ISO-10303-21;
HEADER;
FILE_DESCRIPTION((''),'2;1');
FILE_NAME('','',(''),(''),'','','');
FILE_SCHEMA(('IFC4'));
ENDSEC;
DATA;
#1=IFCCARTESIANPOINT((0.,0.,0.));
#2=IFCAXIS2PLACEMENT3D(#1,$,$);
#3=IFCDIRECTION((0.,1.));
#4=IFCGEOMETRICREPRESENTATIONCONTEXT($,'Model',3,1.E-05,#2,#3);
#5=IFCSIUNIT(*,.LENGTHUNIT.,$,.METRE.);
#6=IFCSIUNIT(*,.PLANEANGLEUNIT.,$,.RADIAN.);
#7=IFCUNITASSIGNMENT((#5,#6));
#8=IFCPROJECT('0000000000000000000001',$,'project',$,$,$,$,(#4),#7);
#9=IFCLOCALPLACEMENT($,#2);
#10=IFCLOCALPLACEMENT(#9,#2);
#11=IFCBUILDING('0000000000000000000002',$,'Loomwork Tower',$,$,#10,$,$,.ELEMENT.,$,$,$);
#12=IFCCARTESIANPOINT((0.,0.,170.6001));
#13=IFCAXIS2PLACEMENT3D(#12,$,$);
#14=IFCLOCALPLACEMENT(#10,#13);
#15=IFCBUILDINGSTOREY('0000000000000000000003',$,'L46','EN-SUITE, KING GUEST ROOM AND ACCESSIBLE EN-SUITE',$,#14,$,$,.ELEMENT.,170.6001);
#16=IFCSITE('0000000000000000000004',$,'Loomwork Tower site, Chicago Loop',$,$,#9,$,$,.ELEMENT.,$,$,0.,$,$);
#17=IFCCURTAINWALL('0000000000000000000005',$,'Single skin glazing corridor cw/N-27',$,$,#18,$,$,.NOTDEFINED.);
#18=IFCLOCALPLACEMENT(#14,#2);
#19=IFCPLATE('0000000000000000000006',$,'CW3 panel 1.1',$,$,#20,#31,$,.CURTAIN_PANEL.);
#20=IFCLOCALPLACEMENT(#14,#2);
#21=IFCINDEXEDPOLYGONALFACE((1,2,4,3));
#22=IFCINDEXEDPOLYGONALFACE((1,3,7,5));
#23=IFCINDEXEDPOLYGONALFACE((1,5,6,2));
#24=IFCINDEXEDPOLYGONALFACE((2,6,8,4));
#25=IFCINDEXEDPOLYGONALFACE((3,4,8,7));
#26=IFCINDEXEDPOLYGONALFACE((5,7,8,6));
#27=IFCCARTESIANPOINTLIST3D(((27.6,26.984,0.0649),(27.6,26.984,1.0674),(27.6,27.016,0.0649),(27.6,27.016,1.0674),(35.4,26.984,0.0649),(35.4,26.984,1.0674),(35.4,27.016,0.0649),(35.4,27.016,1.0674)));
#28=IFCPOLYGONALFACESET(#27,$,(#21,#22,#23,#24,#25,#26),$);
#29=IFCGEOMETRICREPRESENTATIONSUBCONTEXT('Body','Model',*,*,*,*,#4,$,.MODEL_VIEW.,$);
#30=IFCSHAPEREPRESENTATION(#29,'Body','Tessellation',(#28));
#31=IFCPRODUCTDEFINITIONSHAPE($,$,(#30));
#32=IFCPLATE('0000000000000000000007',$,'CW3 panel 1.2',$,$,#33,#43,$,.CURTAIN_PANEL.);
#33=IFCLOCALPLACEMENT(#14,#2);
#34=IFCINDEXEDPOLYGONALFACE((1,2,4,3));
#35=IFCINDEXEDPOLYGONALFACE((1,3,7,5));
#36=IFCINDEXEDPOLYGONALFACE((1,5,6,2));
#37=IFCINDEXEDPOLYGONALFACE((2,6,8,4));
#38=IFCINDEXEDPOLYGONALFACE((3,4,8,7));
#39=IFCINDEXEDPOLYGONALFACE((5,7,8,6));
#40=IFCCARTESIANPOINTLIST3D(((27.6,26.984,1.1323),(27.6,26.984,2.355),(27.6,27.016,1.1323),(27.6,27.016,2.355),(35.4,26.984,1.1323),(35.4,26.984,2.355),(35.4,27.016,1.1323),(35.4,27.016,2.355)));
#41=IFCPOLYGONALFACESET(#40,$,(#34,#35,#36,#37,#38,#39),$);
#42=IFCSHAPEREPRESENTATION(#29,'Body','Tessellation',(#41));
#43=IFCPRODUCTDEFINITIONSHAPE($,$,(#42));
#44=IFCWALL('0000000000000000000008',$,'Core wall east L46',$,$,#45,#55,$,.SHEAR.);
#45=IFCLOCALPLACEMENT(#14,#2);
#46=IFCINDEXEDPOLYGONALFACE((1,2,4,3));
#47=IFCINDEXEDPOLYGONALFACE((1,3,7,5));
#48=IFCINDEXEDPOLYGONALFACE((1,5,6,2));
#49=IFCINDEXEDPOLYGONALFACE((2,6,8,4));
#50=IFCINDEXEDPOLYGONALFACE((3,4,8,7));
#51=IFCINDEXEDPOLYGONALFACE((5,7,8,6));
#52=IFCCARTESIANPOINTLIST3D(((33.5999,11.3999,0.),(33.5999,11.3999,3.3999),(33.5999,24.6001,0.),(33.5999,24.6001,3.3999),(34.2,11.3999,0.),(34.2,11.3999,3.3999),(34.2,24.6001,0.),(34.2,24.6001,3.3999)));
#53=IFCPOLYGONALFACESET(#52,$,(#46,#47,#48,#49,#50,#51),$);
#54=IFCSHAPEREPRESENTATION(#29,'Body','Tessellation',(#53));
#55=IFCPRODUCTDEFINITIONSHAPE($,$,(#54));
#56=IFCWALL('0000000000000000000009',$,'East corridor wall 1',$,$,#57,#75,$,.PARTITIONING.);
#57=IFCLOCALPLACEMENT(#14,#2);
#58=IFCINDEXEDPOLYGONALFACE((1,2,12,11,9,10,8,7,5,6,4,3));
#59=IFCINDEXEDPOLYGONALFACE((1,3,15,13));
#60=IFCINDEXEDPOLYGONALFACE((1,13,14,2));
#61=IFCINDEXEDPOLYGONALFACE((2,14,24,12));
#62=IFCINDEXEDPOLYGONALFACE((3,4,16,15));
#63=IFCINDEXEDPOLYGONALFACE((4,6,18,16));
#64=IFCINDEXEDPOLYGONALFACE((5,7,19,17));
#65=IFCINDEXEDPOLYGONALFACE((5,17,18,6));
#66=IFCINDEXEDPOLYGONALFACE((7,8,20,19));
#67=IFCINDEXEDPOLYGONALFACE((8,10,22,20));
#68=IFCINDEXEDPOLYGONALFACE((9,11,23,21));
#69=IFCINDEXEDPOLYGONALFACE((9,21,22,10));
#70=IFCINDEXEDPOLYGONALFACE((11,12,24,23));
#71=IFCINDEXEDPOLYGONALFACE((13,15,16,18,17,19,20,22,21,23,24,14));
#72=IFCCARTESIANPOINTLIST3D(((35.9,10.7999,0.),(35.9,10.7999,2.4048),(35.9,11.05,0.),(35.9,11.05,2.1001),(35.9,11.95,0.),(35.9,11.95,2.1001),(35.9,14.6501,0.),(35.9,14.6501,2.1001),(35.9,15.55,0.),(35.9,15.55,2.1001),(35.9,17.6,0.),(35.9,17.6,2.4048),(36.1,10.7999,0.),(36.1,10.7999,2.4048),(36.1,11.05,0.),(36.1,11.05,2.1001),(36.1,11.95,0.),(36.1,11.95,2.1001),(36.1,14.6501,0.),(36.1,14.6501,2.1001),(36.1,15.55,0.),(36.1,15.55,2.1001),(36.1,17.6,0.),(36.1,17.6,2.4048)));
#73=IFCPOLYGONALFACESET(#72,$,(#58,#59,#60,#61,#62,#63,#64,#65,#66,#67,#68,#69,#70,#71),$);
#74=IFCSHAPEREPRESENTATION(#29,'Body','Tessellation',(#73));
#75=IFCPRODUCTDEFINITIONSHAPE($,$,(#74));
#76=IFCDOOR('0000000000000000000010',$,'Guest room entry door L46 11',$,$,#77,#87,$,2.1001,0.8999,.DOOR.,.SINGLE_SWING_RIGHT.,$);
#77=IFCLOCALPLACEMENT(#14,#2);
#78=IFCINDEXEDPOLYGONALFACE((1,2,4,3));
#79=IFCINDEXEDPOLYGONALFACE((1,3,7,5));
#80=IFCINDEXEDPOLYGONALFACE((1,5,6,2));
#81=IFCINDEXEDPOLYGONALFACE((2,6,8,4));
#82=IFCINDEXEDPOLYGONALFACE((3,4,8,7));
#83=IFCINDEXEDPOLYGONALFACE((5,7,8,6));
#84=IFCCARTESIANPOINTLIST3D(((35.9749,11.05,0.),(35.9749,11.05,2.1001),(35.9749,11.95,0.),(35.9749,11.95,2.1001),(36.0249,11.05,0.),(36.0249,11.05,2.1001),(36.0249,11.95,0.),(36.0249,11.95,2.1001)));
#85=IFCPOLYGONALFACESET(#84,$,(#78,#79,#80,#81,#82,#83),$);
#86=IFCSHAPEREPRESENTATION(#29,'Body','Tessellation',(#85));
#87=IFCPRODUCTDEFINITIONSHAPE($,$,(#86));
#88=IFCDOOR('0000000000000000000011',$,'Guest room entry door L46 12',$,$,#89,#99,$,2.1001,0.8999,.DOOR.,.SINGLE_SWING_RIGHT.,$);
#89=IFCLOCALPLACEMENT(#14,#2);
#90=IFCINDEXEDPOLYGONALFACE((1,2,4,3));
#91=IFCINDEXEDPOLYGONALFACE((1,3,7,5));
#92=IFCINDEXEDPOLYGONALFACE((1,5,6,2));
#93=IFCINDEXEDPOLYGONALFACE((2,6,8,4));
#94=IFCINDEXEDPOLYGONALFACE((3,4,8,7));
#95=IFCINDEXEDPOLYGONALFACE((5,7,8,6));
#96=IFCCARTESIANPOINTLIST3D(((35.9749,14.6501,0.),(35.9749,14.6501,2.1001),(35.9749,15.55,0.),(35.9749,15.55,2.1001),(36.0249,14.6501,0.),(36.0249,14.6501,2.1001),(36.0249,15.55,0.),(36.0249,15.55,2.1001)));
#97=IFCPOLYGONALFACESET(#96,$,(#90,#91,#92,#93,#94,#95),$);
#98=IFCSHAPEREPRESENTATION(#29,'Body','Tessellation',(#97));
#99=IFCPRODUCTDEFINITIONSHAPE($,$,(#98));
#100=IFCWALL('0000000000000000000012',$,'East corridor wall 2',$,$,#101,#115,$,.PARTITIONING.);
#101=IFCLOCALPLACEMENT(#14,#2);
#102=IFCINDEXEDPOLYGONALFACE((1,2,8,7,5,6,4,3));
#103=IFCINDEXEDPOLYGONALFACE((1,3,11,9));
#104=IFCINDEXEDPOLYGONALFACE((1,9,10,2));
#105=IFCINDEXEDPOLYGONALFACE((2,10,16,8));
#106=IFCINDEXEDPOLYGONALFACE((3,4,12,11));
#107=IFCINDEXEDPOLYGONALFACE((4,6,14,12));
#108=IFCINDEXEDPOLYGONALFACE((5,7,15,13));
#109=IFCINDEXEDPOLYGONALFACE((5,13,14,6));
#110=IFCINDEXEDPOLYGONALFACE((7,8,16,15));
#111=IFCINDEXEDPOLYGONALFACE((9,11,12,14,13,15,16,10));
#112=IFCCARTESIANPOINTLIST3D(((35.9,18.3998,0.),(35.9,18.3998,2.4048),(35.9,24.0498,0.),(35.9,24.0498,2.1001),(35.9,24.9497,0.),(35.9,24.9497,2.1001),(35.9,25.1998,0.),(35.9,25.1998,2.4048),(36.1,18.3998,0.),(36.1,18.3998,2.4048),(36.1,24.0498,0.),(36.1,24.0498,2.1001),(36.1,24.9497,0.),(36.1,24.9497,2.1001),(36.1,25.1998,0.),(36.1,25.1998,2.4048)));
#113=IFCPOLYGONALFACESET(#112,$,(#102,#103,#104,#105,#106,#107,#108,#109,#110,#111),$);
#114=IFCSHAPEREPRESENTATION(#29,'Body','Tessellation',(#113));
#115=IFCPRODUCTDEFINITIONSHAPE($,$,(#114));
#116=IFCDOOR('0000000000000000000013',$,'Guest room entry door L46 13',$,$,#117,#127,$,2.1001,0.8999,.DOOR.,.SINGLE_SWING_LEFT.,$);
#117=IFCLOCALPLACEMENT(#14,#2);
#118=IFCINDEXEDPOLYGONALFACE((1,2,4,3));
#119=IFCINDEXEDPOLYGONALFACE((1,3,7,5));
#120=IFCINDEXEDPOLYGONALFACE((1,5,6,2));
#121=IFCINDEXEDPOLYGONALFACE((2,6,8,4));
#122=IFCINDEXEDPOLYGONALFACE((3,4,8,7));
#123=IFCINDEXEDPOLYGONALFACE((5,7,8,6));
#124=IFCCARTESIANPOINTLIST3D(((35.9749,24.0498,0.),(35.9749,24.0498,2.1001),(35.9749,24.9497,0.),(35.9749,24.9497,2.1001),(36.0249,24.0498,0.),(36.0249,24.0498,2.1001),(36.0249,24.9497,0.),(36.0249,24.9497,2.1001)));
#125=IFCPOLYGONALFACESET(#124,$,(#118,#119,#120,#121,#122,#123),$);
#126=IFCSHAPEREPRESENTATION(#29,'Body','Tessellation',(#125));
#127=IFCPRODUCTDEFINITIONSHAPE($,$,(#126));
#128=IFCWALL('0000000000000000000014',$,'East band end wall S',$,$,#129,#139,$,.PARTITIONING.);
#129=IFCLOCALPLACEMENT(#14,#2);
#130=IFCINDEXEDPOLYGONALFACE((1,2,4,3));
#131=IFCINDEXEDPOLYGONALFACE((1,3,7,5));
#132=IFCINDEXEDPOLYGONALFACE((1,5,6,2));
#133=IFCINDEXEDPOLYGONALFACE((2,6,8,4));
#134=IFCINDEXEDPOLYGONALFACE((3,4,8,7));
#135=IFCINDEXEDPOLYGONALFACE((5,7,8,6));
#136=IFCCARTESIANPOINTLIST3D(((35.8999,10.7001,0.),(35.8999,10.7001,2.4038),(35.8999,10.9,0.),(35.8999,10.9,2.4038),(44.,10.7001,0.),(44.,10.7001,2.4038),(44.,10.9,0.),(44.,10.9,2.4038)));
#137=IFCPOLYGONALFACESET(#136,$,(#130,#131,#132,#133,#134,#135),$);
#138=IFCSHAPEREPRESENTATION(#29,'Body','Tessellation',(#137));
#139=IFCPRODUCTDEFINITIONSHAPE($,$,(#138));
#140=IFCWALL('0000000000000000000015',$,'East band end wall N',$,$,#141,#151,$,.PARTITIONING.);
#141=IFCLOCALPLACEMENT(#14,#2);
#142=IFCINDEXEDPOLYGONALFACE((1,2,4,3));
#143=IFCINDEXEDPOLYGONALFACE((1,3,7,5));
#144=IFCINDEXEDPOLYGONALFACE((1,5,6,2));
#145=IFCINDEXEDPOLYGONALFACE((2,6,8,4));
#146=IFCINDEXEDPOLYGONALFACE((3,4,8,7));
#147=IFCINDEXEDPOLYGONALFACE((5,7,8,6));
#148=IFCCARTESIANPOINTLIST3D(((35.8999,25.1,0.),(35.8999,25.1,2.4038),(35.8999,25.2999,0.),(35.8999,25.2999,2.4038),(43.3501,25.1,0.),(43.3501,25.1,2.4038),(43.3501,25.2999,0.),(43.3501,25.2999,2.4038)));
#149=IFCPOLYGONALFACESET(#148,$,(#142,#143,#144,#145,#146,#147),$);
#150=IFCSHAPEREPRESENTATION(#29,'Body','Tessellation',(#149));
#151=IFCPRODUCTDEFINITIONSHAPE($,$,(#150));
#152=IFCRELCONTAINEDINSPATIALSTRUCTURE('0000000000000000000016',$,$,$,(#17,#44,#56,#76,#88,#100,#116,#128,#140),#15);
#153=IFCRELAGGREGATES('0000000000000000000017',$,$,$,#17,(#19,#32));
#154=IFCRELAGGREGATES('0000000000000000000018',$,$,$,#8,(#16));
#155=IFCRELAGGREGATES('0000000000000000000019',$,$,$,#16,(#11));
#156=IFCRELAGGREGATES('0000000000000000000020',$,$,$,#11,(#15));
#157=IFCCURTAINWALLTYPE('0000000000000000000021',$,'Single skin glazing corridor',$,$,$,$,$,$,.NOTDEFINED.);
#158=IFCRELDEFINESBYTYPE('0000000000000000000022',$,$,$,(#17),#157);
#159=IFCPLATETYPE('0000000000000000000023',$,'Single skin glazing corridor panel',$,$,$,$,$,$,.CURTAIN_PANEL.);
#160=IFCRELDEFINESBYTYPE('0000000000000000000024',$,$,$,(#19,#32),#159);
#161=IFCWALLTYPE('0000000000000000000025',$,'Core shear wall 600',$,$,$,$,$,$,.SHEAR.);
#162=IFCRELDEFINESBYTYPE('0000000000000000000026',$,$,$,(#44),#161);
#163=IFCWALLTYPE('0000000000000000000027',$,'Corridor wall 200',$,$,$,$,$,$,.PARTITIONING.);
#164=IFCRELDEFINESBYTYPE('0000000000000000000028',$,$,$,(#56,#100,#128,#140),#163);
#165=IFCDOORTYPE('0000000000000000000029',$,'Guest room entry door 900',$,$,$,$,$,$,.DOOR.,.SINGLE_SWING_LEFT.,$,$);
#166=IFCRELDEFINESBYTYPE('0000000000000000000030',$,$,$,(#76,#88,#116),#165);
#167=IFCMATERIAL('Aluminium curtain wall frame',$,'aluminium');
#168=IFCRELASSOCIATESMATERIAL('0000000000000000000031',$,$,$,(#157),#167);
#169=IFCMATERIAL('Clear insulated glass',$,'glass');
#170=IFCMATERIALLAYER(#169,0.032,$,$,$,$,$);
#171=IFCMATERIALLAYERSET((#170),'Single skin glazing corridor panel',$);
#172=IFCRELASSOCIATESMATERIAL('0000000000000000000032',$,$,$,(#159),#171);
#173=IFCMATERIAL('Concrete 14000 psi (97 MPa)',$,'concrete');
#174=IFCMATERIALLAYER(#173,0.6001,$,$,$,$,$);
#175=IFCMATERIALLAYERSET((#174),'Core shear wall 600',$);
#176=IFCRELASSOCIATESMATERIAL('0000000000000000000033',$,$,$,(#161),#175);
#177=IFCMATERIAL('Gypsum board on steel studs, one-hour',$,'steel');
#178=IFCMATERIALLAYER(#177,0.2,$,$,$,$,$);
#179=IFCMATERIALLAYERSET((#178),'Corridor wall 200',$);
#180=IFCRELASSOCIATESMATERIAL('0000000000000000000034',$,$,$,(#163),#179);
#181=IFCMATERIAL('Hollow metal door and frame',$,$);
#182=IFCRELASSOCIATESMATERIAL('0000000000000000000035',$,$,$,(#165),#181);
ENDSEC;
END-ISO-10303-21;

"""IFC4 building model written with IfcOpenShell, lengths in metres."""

from ifc_helpers import new_model, si_unit, direction, frame, frame_2d, origin, origin_2d, place, context, subcontext, project, spatial, rectangle, extrude, material, layer, layer_set, type_object, element, fill, aggregate, save


model = new_model("IFC4")

# Units and contexts
model_context = context("Model", 3, precision=1e-05, world=origin(), true_north=direction((0.0, 1.0)))
body_context = subcontext(model_context, "Body", "Model", "MODEL_VIEW")
ifc_project = project(units=[si_unit("LENGTHUNIT", "METRE"), si_unit("PLANEANGLEUNIT", "RADIAN")], contexts=[model_context])

# Site, building, storey
site_placement = place(None, origin())
site = spatial("IfcSite", under=ifc_project, at=site_placement, Name="Loomwork Tower site, Chicago Loop", CompositionType="ELEMENT", RefElevation=0.0)
building_placement = place(site_placement, origin())
building = spatial("IfcBuilding", under=site, at=building_placement, Name="Loomwork Tower", CompositionType="ELEMENT")
storey_placement = place(building_placement, frame((0.0, 0.0, 170.6001)))
storey = spatial("IfcBuildingStorey", under=building, at=storey_placement, Name="L46", Description="EN-SUITE, KING GUEST ROOM AND ACCESSIBLE EN-SUITE", CompositionType="ELEMENT", Elevation=170.6001)

# Curtain wall, plates
ifc_material_1 = material(Name="Aluminium curtain wall frame", Category="aluminium")
curtain_wall_type = type_object("IfcCurtainWallType", Name="Single skin glazing corridor", PredefinedType="NOTDEFINED", material=ifc_material_1)
curtain_wall_placement = place(storey_placement, origin())
curtain_wall = element("IfcCurtainWall", 1, at=curtain_wall_placement, inside=storey, type_object=curtain_wall_type, Name="Single skin glazing corridor cw/N-27", PredefinedType="NOTDEFINED")
ifc_material_2 = material(Name="Clear insulated glass", Category="glass")
ifc_layer_1 = layer(ifc_material_2, 0.032)
ifc_layer_set_1 = layer_set([ifc_layer_1], Name="Single skin glazing corridor panel")
plate_type = type_object("IfcPlateType", Name="Single skin glazing corridor panel", PredefinedType="CURTAIN_PANEL", material=ifc_layer_set_1)
plate_1_placement = place(storey_placement, frame((31.5, 27.0, 0.0649), z_axis=(0.0, 0.0, 1.0), x_axis=(-1.0, 0.0, 0.0)))
plate_1 = element("IfcPlate", 2, at=plate_1_placement, type_object=plate_type, Name="CW3 panel 1.1", PredefinedType="CURTAIN_PANEL", context=body_context, shape_type="SweptSolid", body=[
    extrude(rectangle(XDim=7.8, YDim=0.032, at=origin_2d()), origin(), (0.0, 0.0, 1.0), 1.0024),
])
plate_2_placement = place(storey_placement, frame((31.5, 27.0, 1.1323), z_axis=(0.0, 0.0, 1.0), x_axis=(-1.0, 0.0, 0.0)))
plate_2 = element("IfcPlate", 3, at=plate_2_placement, type_object=plate_type, Name="CW3 panel 1.2", PredefinedType="CURTAIN_PANEL", context=body_context, shape_type="SweptSolid", body=[
    extrude(rectangle(XDim=7.8, YDim=0.032, at=origin_2d()), origin(), (0.0, 0.0, 1.0), 1.2227),
])
aggregate(curtain_wall, [plate_1, plate_2])

# Wall
ifc_material_3 = material(Name="Concrete 14000 psi (97 MPa)", Category="concrete")
ifc_layer_2 = layer(ifc_material_3, 0.6001)
ifc_layer_set_2 = layer_set([ifc_layer_2], Name="Core shear wall 600")
wall_type_1 = type_object("IfcWallType", Name="Core shear wall 600", PredefinedType="SHEAR", material=ifc_layer_set_2)
wall_1_placement = place(storey_placement, frame((33.8999, 11.3999, 0.0), z_axis=(0.0, 0.0, 1.0), x_axis=(0.0, 1.0, 0.0)))
element("IfcWall", 4, at=wall_1_placement, inside=storey, type_object=wall_type_1, Name="Core wall east L46", PredefinedType="SHEAR", context=body_context, shape_type="SweptSolid", body=[
    extrude(rectangle(XDim=13.2002, YDim=0.6001, at=frame_2d((6.6001, 0.0))), origin(), (0.0, 0.0, 1.0), 3.3999),
])

# Wall, openings, doors
ifc_material_4 = material(Name="Gypsum board on steel studs, one-hour", Category="steel")
ifc_layer_3 = layer(ifc_material_4, 0.2)
ifc_layer_set_3 = layer_set([ifc_layer_3], Name="Corridor wall 200")
wall_type_2 = type_object("IfcWallType", Name="Corridor wall 200", PredefinedType="PARTITIONING", material=ifc_layer_set_3)
wall_2_placement = place(storey_placement, frame((36.0, 10.8, 0.0), z_axis=(0.0, 0.0, 1.0), x_axis=(0.0, 1.0, 0.0)))
wall_2 = element("IfcWall", 5, at=wall_2_placement, inside=storey, type_object=wall_type_2, Name="East corridor wall 1", PredefinedType="PARTITIONING", context=body_context, shape_type="SweptSolid", body=[
    extrude(rectangle(XDim=6.8, YDim=0.2, at=frame_2d((3.3999, 0.0))), origin(), (0.0, 0.0, 1.0), 2.4048),
])
opening_1_placement = place(wall_2_placement, frame((0.25, 0.0, 0.0)))
opening_1 = element("IfcOpeningElement", 6, at=opening_1_placement, cuts=wall_2, PredefinedType="OPENING", context=body_context, shape_type="SweptSolid", body=[
    extrude(rectangle(XDim=0.8999, YDim=2.1001, at=frame_2d((0.45, 1.05))), frame((0.0, 0.1099, 0.0), z_axis=(0.0, -1.0, 0.0), x_axis=(1.0, 0.0, 0.0)), (0.0, 0.0, 1.0), 0.22),
])
opening_2_placement = place(wall_2_placement, frame((3.8501, 0.0, 0.0)))
opening_2 = element("IfcOpeningElement", 7, at=opening_2_placement, cuts=wall_2, PredefinedType="OPENING", context=body_context, shape_type="SweptSolid", body=[
    extrude(rectangle(XDim=0.8999, YDim=2.1001, at=frame_2d((0.45, 1.05))), frame((0.0, 0.1099, 0.0), z_axis=(0.0, -1.0, 0.0), x_axis=(1.0, 0.0, 0.0)), (0.0, 0.0, 1.0), 0.22),
])
ifc_material_5 = material(Name="Hollow metal door and frame")
door_type_1 = type_object("IfcDoorType", Name="Guest room entry door 900", OperationType="SINGLE_SWING_LEFT", PredefinedType="DOOR", material=ifc_material_5)
door_1_placement = place(opening_1_placement, frame((0.8999, 0.0, 0.0), z_axis=(0.0, 0.0, 1.0), x_axis=(-1.0, 0.0, 0.0)))
door_1 = element("IfcDoor", 8, at=door_1_placement, inside=storey, type_object=door_type_1, Name="Guest room entry door L46 11", OperationType="SINGLE_SWING_RIGHT", OverallHeight=2.1001, OverallWidth=0.8999, PredefinedType="DOOR", context=body_context, shape_type="SweptSolid", body=[
    extrude(rectangle(XDim=0.8999, YDim=2.1001, at=frame_2d((0.45, 1.05))), frame((0.0, 0.0249, 0.0), z_axis=(0.0, -1.0, 0.0), x_axis=(1.0, 0.0, 0.0)), (0.0, 0.0, 1.0), 0.05),
])
fill(opening_1, door_1)
door_2_placement = place(opening_2_placement, frame((0.8999, 0.0, 0.0), z_axis=(0.0, 0.0, 1.0), x_axis=(-1.0, 0.0, 0.0)))
door_2 = element("IfcDoor", 9, at=door_2_placement, inside=storey, type_object=door_type_1, Name="Guest room entry door L46 12", OperationType="SINGLE_SWING_RIGHT", OverallHeight=2.1001, OverallWidth=0.8999, PredefinedType="DOOR", context=body_context, shape_type="SweptSolid", body=[
    extrude(rectangle(XDim=0.8999, YDim=2.1001, at=frame_2d((0.45, 1.05))), frame((0.0, 0.0249, 0.0), z_axis=(0.0, -1.0, 0.0), x_axis=(1.0, 0.0, 0.0)), (0.0, 0.0, 1.0), 0.05),
])
fill(opening_2, door_2)

# Wall, opening, door
wall_3_placement = place(storey_placement, frame((36.0, 18.3999, 0.0), z_axis=(0.0, 0.0, 1.0), x_axis=(0.0, 1.0, 0.0)))
wall_3 = element("IfcWall", 10, at=wall_3_placement, inside=storey, type_object=wall_type_2, Name="East corridor wall 2", PredefinedType="PARTITIONING", context=body_context, shape_type="SweptSolid", body=[
    extrude(rectangle(XDim=6.8, YDim=0.2, at=frame_2d((3.3999, 0.0))), origin(), (0.0, 0.0, 1.0), 2.4048),
])
opening_3_placement = place(wall_3_placement, frame((5.6499, 0.0, 0.0)))
opening_3 = element("IfcOpeningElement", 11, at=opening_3_placement, cuts=wall_3, PredefinedType="OPENING", context=body_context, shape_type="SweptSolid", body=[
    extrude(rectangle(XDim=0.8999, YDim=2.1001, at=frame_2d((0.45, 1.05))), frame((0.0, 0.1099, 0.0), z_axis=(0.0, -1.0, 0.0), x_axis=(1.0, 0.0, 0.0)), (0.0, 0.0, 1.0), 0.22),
])
door_3_placement = place(opening_3_placement, frame((0.8999, 0.0, 0.0), z_axis=(0.0, 0.0, 1.0), x_axis=(-1.0, 0.0, 0.0)))
door_3 = element("IfcDoor", 12, at=door_3_placement, inside=storey, type_object=door_type_1, Name="Guest room entry door L46 13", OperationType="SINGLE_SWING_LEFT", OverallHeight=2.1001, OverallWidth=0.8999, PredefinedType="DOOR", context=body_context, shape_type="SweptSolid", body=[
    extrude(rectangle(XDim=0.8999, YDim=2.1001, at=frame_2d((0.45, 1.05))), frame((0.0, 0.0249, 0.0), z_axis=(0.0, -1.0, 0.0), x_axis=(1.0, 0.0, 0.0)), (0.0, 0.0, 1.0), 0.05),
])
fill(opening_3, door_3)

# Walls
wall_4_placement = place(storey_placement, frame((35.8999, 10.8, 0.0), z_axis=(0.0, 0.0, 1.0), x_axis=(1.0, 0.0, 0.0)))
element("IfcWall", 13, at=wall_4_placement, inside=storey, type_object=wall_type_2, Name="East band end wall S", PredefinedType="PARTITIONING", context=body_context, shape_type="SweptSolid", body=[
    extrude(rectangle(XDim=8.1001, YDim=0.2, at=frame_2d((4.05, 0.0))), origin(), (0.0, 0.0, 1.0), 2.4038),
])
wall_5_placement = place(storey_placement, frame((35.8999, 25.2, 0.0), z_axis=(0.0, 0.0, 1.0), x_axis=(1.0, 0.0, 0.0)))
element("IfcWall", 14, at=wall_5_placement, inside=storey, type_object=wall_type_2, Name="East band end wall N", PredefinedType="PARTITIONING", context=body_context, shape_type="SweptSolid", body=[
    extrude(rectangle(XDim=7.4502, YDim=0.2, at=frame_2d((3.7251, 0.0))), origin(), (0.0, 0.0, 1.0), 2.4038),
])

save(model, "model.ifc")
